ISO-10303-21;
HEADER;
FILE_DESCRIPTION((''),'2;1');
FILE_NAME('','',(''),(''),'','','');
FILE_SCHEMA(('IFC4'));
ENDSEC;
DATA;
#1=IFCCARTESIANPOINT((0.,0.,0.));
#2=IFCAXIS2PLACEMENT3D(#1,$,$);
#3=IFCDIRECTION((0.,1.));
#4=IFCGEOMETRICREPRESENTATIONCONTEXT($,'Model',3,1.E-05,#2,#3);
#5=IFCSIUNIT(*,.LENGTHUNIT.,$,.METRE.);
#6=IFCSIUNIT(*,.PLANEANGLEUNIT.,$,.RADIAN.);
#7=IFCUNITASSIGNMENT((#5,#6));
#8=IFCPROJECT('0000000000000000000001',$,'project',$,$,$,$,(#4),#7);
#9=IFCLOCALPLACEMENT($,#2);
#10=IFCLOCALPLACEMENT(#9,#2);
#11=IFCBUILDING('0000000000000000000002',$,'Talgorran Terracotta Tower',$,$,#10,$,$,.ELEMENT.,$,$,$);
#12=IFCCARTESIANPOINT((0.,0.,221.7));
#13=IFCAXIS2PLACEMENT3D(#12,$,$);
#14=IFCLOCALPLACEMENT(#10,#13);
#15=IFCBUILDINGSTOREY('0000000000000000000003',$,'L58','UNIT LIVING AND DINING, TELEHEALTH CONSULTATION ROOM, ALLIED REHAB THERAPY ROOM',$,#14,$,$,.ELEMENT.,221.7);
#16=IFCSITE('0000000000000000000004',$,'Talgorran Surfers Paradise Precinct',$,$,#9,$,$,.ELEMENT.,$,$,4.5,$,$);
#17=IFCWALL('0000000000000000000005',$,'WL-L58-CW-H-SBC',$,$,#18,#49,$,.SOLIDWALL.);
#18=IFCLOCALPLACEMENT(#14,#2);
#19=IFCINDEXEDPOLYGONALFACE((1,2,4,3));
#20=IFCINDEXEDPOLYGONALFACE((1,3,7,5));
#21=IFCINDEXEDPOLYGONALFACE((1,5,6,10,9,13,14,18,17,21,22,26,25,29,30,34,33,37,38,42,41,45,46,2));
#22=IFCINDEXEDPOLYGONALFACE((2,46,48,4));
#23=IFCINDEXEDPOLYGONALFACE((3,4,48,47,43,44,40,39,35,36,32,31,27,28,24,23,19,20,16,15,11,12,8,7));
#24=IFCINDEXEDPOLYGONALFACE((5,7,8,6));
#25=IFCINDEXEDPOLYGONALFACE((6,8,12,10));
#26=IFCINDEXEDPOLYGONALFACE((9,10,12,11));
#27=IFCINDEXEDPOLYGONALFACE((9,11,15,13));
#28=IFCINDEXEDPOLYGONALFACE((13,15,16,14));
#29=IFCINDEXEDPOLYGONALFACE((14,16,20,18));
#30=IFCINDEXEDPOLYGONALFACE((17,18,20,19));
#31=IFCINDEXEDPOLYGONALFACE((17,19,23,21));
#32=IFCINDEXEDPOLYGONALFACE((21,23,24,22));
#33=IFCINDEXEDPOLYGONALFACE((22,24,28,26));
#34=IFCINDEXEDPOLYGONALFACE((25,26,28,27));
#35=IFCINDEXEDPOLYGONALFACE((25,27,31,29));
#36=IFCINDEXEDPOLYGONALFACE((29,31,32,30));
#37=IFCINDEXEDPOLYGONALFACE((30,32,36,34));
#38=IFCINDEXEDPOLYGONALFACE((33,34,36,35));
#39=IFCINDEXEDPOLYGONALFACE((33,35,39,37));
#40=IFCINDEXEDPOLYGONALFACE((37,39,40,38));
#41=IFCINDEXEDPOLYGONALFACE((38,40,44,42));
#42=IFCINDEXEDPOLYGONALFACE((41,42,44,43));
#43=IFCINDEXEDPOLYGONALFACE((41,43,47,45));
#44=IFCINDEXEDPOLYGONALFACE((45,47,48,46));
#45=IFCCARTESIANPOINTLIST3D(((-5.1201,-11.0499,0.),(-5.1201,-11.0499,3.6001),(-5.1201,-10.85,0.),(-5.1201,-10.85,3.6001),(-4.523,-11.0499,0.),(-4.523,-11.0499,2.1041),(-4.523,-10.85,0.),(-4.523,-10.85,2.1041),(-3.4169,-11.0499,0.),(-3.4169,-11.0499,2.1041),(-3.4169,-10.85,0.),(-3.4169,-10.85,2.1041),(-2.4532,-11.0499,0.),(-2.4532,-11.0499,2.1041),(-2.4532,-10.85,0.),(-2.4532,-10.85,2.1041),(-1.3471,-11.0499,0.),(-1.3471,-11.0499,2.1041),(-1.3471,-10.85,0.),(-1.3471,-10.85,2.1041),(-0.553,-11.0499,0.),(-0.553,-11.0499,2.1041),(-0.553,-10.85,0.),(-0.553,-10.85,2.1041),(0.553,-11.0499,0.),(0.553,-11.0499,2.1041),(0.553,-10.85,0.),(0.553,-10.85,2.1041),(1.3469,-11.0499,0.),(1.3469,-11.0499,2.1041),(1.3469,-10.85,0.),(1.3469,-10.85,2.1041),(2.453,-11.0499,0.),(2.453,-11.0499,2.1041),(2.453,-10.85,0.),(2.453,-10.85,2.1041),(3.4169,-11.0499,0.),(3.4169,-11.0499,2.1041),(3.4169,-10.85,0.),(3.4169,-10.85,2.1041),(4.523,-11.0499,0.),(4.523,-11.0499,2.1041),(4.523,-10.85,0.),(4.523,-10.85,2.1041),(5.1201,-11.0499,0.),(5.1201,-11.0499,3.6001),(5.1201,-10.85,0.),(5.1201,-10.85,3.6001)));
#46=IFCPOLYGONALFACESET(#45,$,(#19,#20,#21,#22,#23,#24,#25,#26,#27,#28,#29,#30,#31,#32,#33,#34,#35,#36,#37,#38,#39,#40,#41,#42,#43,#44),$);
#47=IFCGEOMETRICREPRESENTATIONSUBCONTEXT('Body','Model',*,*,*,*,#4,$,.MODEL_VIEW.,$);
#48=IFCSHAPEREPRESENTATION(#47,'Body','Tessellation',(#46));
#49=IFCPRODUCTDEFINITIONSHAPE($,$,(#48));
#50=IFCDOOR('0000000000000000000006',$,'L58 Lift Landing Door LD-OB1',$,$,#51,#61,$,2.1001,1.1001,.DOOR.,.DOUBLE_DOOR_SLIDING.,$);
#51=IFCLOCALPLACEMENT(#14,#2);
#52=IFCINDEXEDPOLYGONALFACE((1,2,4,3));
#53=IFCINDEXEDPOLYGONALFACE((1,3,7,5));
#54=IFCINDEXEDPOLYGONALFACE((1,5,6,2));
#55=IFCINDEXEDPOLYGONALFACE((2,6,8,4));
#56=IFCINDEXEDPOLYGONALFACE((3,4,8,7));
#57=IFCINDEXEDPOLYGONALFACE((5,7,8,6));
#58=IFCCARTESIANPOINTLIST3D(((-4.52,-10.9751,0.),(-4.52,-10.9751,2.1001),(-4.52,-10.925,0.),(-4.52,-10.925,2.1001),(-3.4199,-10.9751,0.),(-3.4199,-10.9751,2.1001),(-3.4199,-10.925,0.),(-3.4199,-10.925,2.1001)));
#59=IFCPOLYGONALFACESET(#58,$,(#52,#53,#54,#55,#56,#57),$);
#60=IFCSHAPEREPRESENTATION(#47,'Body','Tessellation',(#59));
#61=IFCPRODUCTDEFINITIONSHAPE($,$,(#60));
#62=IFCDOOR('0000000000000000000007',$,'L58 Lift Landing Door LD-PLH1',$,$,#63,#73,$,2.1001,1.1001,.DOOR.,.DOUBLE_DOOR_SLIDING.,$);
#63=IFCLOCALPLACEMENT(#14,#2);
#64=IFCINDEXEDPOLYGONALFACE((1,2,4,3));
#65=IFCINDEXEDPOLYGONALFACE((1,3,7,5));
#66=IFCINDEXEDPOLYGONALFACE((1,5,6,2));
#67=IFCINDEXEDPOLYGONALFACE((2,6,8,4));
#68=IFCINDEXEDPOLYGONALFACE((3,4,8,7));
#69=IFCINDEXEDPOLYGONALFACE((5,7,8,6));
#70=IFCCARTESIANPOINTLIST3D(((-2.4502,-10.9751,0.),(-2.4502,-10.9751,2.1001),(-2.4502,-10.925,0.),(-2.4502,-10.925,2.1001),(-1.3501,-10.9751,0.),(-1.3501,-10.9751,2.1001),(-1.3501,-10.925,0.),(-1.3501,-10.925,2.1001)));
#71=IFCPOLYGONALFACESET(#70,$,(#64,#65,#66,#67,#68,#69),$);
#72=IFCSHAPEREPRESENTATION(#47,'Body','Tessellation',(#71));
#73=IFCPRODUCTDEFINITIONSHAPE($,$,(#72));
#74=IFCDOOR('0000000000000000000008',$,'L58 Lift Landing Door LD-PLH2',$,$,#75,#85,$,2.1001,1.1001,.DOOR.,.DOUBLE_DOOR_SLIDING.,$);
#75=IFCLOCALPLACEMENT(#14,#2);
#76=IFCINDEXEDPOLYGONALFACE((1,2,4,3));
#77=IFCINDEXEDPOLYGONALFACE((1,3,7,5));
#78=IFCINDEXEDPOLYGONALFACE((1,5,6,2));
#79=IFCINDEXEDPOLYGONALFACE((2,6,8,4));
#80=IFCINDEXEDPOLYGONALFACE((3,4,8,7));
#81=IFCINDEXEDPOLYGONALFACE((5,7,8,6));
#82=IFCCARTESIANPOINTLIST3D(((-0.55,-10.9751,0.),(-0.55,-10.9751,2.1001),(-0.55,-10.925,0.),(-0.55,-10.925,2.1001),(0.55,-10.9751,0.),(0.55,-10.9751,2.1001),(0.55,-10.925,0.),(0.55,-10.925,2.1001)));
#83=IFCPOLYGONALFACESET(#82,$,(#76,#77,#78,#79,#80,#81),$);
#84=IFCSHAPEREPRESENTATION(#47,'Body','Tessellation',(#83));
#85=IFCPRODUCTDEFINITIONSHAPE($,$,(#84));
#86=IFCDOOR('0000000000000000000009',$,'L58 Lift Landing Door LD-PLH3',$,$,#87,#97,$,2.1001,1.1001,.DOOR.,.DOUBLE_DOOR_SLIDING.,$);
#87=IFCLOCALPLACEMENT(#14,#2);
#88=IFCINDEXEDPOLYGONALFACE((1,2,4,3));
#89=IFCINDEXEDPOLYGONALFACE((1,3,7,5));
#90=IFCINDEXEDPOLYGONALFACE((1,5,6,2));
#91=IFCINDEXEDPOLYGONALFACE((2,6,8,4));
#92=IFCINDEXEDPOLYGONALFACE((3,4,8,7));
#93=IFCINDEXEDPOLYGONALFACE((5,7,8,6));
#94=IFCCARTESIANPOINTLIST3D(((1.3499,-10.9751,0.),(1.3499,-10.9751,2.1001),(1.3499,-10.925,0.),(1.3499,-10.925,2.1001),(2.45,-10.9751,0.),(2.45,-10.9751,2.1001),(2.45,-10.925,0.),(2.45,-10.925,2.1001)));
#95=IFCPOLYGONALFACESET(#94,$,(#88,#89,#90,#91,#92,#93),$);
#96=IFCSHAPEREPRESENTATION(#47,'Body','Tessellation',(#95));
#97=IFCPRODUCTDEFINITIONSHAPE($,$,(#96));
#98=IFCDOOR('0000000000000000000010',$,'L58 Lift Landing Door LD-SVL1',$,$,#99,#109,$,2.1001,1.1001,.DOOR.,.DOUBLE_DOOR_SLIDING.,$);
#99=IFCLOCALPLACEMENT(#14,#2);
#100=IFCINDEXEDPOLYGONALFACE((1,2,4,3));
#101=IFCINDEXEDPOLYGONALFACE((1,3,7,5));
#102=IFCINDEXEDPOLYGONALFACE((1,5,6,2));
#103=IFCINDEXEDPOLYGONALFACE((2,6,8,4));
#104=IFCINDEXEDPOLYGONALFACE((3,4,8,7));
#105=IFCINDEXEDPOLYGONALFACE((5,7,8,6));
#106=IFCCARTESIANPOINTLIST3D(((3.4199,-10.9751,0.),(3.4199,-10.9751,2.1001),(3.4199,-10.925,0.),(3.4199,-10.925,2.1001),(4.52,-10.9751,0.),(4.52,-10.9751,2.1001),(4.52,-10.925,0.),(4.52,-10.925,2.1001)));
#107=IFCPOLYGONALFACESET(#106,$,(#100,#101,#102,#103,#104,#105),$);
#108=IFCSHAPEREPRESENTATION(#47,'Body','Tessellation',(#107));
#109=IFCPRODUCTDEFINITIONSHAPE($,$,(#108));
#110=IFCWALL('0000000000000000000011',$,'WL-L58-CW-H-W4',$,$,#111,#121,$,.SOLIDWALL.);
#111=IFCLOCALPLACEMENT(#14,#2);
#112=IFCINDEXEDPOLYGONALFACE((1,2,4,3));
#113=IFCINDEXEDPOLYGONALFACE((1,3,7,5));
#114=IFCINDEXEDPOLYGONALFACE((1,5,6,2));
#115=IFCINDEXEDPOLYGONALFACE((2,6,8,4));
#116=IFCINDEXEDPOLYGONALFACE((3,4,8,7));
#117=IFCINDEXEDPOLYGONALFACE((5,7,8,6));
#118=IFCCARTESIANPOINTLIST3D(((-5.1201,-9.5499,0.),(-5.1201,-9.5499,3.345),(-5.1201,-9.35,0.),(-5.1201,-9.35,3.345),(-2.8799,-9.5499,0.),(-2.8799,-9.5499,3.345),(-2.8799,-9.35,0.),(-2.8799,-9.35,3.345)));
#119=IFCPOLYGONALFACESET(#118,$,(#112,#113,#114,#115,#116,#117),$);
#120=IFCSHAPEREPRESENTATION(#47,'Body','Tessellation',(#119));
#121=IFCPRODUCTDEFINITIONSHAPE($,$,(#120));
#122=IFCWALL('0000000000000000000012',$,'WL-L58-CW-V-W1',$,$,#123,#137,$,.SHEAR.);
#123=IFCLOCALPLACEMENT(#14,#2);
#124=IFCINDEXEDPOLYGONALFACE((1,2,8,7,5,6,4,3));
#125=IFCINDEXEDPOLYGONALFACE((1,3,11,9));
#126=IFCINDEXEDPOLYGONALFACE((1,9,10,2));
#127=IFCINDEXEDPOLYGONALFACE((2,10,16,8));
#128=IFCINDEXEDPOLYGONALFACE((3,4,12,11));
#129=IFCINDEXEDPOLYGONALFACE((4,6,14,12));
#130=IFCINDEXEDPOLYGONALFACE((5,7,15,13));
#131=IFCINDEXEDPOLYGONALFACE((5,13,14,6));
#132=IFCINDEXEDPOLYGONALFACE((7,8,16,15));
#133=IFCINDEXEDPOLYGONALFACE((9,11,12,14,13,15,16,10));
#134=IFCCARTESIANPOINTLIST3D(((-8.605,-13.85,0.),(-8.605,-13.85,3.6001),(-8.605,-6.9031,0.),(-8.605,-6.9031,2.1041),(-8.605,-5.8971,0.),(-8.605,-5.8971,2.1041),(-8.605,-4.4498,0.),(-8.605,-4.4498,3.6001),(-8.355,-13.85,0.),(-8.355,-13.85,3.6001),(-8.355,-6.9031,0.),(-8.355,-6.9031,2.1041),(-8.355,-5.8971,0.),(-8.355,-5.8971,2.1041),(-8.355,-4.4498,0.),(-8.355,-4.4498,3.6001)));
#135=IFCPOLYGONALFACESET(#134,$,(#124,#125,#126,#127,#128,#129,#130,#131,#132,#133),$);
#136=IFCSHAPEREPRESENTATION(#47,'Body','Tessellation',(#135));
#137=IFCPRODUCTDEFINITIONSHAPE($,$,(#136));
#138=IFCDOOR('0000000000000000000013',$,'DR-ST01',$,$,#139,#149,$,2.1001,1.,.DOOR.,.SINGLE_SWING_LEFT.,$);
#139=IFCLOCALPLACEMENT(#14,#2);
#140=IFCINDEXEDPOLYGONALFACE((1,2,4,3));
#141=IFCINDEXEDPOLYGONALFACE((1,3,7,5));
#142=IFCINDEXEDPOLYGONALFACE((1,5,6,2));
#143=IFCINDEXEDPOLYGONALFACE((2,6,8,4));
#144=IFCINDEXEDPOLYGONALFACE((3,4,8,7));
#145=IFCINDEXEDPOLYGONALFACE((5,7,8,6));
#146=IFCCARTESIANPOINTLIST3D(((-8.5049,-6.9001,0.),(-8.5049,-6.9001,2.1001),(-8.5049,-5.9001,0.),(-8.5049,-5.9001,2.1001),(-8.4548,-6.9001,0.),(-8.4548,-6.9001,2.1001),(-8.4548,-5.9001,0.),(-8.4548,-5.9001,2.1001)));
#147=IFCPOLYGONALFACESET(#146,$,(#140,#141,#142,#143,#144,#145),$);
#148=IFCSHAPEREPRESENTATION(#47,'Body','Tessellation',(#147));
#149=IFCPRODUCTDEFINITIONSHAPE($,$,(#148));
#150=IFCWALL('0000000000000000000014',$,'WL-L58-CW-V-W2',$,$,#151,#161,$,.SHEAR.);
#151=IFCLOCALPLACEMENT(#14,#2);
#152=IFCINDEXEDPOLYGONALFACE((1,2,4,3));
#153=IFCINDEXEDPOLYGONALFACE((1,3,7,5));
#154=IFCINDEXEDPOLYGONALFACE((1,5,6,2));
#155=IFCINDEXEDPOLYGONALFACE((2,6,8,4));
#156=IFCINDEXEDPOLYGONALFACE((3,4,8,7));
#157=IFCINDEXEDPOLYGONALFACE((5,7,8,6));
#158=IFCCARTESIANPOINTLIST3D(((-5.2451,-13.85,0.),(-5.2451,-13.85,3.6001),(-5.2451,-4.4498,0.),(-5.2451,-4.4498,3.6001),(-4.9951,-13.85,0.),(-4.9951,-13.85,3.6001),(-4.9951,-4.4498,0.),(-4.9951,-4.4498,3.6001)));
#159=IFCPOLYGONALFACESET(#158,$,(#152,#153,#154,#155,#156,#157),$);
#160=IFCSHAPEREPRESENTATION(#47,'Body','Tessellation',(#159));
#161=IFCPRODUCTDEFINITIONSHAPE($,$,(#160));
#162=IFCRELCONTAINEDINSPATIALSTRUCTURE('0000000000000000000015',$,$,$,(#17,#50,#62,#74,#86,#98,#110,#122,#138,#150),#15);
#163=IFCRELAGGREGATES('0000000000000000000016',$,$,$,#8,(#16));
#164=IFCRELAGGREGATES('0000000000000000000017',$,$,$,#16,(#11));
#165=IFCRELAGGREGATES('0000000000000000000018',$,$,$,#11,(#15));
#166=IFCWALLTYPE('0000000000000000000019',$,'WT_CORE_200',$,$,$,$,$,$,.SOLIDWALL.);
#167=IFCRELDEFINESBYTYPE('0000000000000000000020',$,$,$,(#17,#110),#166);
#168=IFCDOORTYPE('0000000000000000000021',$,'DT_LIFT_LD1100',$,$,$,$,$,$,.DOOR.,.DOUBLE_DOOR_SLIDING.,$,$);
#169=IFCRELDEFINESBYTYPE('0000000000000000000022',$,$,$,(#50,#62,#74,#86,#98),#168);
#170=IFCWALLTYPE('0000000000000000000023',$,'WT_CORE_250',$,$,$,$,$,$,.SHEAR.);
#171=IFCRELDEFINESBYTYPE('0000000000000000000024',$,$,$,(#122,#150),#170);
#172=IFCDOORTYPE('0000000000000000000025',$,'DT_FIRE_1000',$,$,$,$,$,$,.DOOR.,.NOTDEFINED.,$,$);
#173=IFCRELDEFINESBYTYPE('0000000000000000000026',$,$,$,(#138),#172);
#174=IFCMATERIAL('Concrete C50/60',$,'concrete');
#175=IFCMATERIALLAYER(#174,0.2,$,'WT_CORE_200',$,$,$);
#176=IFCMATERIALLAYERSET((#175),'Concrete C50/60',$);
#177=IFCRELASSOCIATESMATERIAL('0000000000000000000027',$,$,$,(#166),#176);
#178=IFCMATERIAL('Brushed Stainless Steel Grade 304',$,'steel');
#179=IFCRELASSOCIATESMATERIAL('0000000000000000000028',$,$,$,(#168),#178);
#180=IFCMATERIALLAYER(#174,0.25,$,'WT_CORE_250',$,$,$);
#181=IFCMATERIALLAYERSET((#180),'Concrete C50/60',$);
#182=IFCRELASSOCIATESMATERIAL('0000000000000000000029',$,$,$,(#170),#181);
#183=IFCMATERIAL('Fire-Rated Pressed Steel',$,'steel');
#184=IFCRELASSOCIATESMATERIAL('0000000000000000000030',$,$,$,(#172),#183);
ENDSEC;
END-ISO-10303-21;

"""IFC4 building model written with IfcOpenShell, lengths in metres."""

from ifc_helpers import new_model, si_unit, direction, frame, frame_2d, origin, place, context, subcontext, project, spatial, rectangle, extrude, material, layer, layer_set, type_object, element, fill, save


model = new_model("IFC4")

# Units and contexts
model_context = context("Model", 3, precision=1e-05, world=origin(), true_north=direction((0.0, 1.0)))
body_context = subcontext(model_context, "Body", "Model", "MODEL_VIEW")
ifc_project = project(units=[si_unit("LENGTHUNIT", "METRE"), si_unit("PLANEANGLEUNIT", "RADIAN")], contexts=[model_context])

# Site, building, storey
site_placement = place(None, origin())
site = spatial("IfcSite", under=ifc_project, at=site_placement, Name="Talgorran Surfers Paradise Precinct", CompositionType="ELEMENT", RefElevation=4.5)
building_placement = place(site_placement, origin())
building = spatial("IfcBuilding", under=site, at=building_placement, Name="Talgorran Terracotta Tower", CompositionType="ELEMENT")
storey_placement = place(building_placement, frame((0.0, 0.0, 221.7)))
storey = spatial("IfcBuildingStorey", under=building, at=storey_placement, Name="L58", Description="UNIT LIVING AND DINING, TELEHEALTH CONSULTATION ROOM, ALLIED REHAB THERAPY ROOM", CompositionType="ELEMENT", Elevation=221.7)

# Shared definitions
ifc_material_1 = material(Name="Concrete C50/60", Category="concrete")

# Wall, openings, doors
ifc_layer_1 = layer(ifc_material_1, 0.2, Name="WT_CORE_200")
ifc_layer_set_1 = layer_set([ifc_layer_1], Name="Concrete C50/60")
wall_type_1 = type_object("IfcWallType", Name="WT_CORE_200", PredefinedType="SOLIDWALL", material=ifc_layer_set_1)
ifc_material_2 = material(Name="Brushed Stainless Steel Grade 304", Category="steel")
door_type_1 = type_object("IfcDoorType", Name="DT_LIFT_LD1100", OperationType="DOUBLE_DOOR_SLIDING", PredefinedType="DOOR", material=ifc_material_2)
ifc_material_3 = material(Name="Fire-Rated Pressed Steel", Category="steel")
wall_1_placement = place(storey_placement, frame((-5.1201, -10.95, 0.0), z_axis=(0.0, 0.0, 1.0), x_axis=(1.0, 0.0, 0.0)))
wall_1 = element("IfcWall", 1, at=wall_1_placement, inside=storey, type_object=wall_type_1, Name="WL-L58-CW-H-SBC", PredefinedType="SOLIDWALL", context=body_context, shape_type="SweptSolid", body=[
    extrude(rectangle(XDim=10.2402, YDim=0.2, at=frame_2d((5.1201, 0.0))), origin(), (0.0, 0.0, 1.0), 3.6001),
])
opening_1_placement = place(wall_1_placement, frame((0.6001, 0.0, 0.0)))
opening_1 = element("IfcOpeningElement", 2, at=opening_1_placement, cuts=wall_1, PredefinedType="OPENING", context=body_context, shape_type="SweptSolid", body=[
    extrude(rectangle(XDim=1.1061, YDim=2.1041, at=frame_2d((0.55, 1.052))), frame((0.0, 0.1099, 0.0), z_axis=(0.0, -1.0, 0.0), x_axis=(1.0, 0.0, 0.0)), (0.0, 0.0, 1.0), 0.22),
])
opening_2_placement = place(wall_1_placement, frame((2.6699, 0.0, 0.0)))
opening_2 = element("IfcOpeningElement", 3, at=opening_2_placement, cuts=wall_1, PredefinedType="OPENING", context=body_context, shape_type="SweptSolid", body=[
    extrude(rectangle(XDim=1.1061, YDim=2.1041, at=frame_2d((0.55, 1.052))), frame((0.0, 0.1099, 0.0), z_axis=(0.0, -1.0, 0.0), x_axis=(1.0, 0.0, 0.0)), (0.0, 0.0, 1.0), 0.22),
])
opening_3_placement = place(wall_1_placement, frame((4.5701, 0.0, 0.0)))
opening_3 = element("IfcOpeningElement", 4, at=opening_3_placement, cuts=wall_1, PredefinedType="OPENING", context=body_context, shape_type="SweptSolid", body=[
    extrude(rectangle(XDim=1.1061, YDim=2.1041, at=frame_2d((0.55, 1.052))), frame((0.0, 0.1099, 0.0), z_axis=(0.0, -1.0, 0.0), x_axis=(1.0, 0.0, 0.0)), (0.0, 0.0, 1.0), 0.22),
])
opening_4_placement = place(wall_1_placement, frame((6.47, 0.0, 0.0)))
opening_4 = element("IfcOpeningElement", 5, at=opening_4_placement, cuts=wall_1, PredefinedType="OPENING", context=body_context, shape_type="SweptSolid", body=[
    extrude(rectangle(XDim=1.1061, YDim=2.1041, at=frame_2d((0.55, 1.052))), frame((0.0, 0.1099, 0.0), z_axis=(0.0, -1.0, 0.0), x_axis=(1.0, 0.0, 0.0)), (0.0, 0.0, 1.0), 0.22),
])
opening_5_placement = place(wall_1_placement, frame((8.54, 0.0, 0.0)))
opening_5 = element("IfcOpeningElement", 6, at=opening_5_placement, cuts=wall_1, PredefinedType="OPENING", context=body_context, shape_type="SweptSolid", body=[
    extrude(rectangle(XDim=1.1061, YDim=2.1041, at=frame_2d((0.55, 1.052))), frame((0.0, 0.1099, 0.0), z_axis=(0.0, -1.0, 0.0), x_axis=(1.0, 0.0, 0.0)), (0.0, 0.0, 1.0), 0.22),
])
door_1_placement = place(opening_1_placement, origin())
door_1 = element("IfcDoor", 7, at=door_1_placement, inside=storey, type_object=door_type_1, Name="L58 Lift Landing Door LD-OB1", OperationType="DOUBLE_DOOR_SLIDING", OverallHeight=2.1001, OverallWidth=1.1001, PredefinedType="DOOR", context=body_context, shape_type="SweptSolid", body=[
    extrude(rectangle(XDim=1.1001, YDim=2.1001, at=frame_2d((0.55, 1.05))), frame((0.0, 0.0249, 0.0), z_axis=(0.0, -1.0, 0.0), x_axis=(1.0, 0.0, 0.0)), (0.0, 0.0, 1.0), 0.05),
])
fill(opening_1, door_1)
door_2_placement = place(opening_2_placement, origin())
door_2 = element("IfcDoor", 8, at=door_2_placement, inside=storey, type_object=door_type_1, Name="L58 Lift Landing Door LD-PLH1", OperationType="DOUBLE_DOOR_SLIDING", OverallHeight=2.1001, OverallWidth=1.1001, PredefinedType="DOOR", context=body_context, shape_type="SweptSolid", body=[
    extrude(rectangle(XDim=1.1001, YDim=2.1001, at=frame_2d((0.55, 1.05))), frame((0.0, 0.0249, 0.0), z_axis=(0.0, -1.0, 0.0), x_axis=(1.0, 0.0, 0.0)), (0.0, 0.0, 1.0), 0.05),
])
fill(opening_2, door_2)
door_3_placement = place(opening_3_placement, origin())
door_3 = element("IfcDoor", 9, at=door_3_placement, inside=storey, type_object=door_type_1, Name="L58 Lift Landing Door LD-PLH2", OperationType="DOUBLE_DOOR_SLIDING", OverallHeight=2.1001, OverallWidth=1.1001, PredefinedType="DOOR", context=body_context, shape_type="SweptSolid", body=[
    extrude(rectangle(XDim=1.1001, YDim=2.1001, at=frame_2d((0.55, 1.05))), frame((0.0, 0.0249, 0.0), z_axis=(0.0, -1.0, 0.0), x_axis=(1.0, 0.0, 0.0)), (0.0, 0.0, 1.0), 0.05),
])
fill(opening_3, door_3)
door_4_placement = place(opening_4_placement, origin())
door_4 = element("IfcDoor", 10, at=door_4_placement, inside=storey, type_object=door_type_1, Name="L58 Lift Landing Door LD-PLH3", OperationType="DOUBLE_DOOR_SLIDING", OverallHeight=2.1001, OverallWidth=1.1001, PredefinedType="DOOR", context=body_context, shape_type="SweptSolid", body=[
    extrude(rectangle(XDim=1.1001, YDim=2.1001, at=frame_2d((0.55, 1.05))), frame((0.0, 0.0249, 0.0), z_axis=(0.0, -1.0, 0.0), x_axis=(1.0, 0.0, 0.0)), (0.0, 0.0, 1.0), 0.05),
])
fill(opening_4, door_4)
door_5_placement = place(opening_5_placement, origin())
door_5 = element("IfcDoor", 11, at=door_5_placement, inside=storey, type_object=door_type_1, Name="L58 Lift Landing Door LD-SVL1", OperationType="DOUBLE_DOOR_SLIDING", OverallHeight=2.1001, OverallWidth=1.1001, PredefinedType="DOOR", context=body_context, shape_type="SweptSolid", body=[
    extrude(rectangle(XDim=1.1001, YDim=2.1001, at=frame_2d((0.55, 1.05))), frame((0.0, 0.0249, 0.0), z_axis=(0.0, -1.0, 0.0), x_axis=(1.0, 0.0, 0.0)), (0.0, 0.0, 1.0), 0.05),
])
fill(opening_5, door_5)

# Wall
wall_2_placement = place(storey_placement, frame((-5.1201, -9.45, 0.0), z_axis=(0.0, 0.0, 1.0), x_axis=(1.0, 0.0, 0.0)))
element("IfcWall", 12, at=wall_2_placement, inside=storey, type_object=wall_type_1, Name="WL-L58-CW-H-W4", PredefinedType="SOLIDWALL", context=body_context, shape_type="SweptSolid", body=[
    extrude(rectangle(XDim=2.2402, YDim=0.2, at=frame_2d((1.1201, 0.0))), origin(), (0.0, 0.0, 1.0), 3.345),
])

# Wall, opening, door
ifc_layer_2 = layer(ifc_material_1, 0.25, Name="WT_CORE_250")
ifc_layer_set_2 = layer_set([ifc_layer_2], Name="Concrete C50/60")
wall_type_2 = type_object("IfcWallType", Name="WT_CORE_250", PredefinedType="SHEAR", material=ifc_layer_set_2)
wall_3_placement = place(storey_placement, frame((-8.48, -13.8501, 0.0), z_axis=(0.0, 0.0, 1.0), x_axis=(0.0, 1.0, 0.0)))
wall_3 = element("IfcWall", 13, at=wall_3_placement, inside=storey, type_object=wall_type_2, Name="WL-L58-CW-V-W1", PredefinedType="SHEAR", context=body_context, shape_type="SweptSolid", body=[
    extrude(rectangle(XDim=9.4001, YDim=0.25, at=frame_2d((4.7002, 0.0))), origin(), (0.0, 0.0, 1.0), 3.6001),
])
opening_6_placement = place(wall_3_placement, frame((6.95, 0.0, 0.0)))
opening_6 = element("IfcOpeningElement", 14, at=opening_6_placement, cuts=wall_3, PredefinedType="OPENING", context=body_context, shape_type="SweptSolid", body=[
    extrude(rectangle(XDim=1.006, YDim=2.1041, at=frame_2d((0.5, 1.052))), frame((0.0, 0.135, 0.0), z_axis=(0.0, -1.0, 0.0), x_axis=(1.0, 0.0, 0.0)), (0.0, 0.0, 1.0), 0.27),
])
door_type_2 = type_object("IfcDoorType", Name="DT_FIRE_1000", OperationType="NOTDEFINED", PredefinedType="DOOR", material=ifc_material_3)
door_6_placement = place(opening_6_placement, origin())
door_6 = element("IfcDoor", 15, at=door_6_placement, inside=storey, type_object=door_type_2, Name="DR-ST01", OperationType="SINGLE_SWING_LEFT", OverallHeight=2.1001, OverallWidth=1.0, PredefinedType="DOOR", context=body_context, shape_type="SweptSolid", body=[
    extrude(rectangle(XDim=1.0, YDim=2.1001, at=frame_2d((0.5, 1.05))), frame((0.0, 0.0249, 0.0), z_axis=(0.0, -1.0, 0.0), x_axis=(1.0, 0.0, 0.0)), (0.0, 0.0, 1.0), 0.05),
])
fill(opening_6, door_6)

# Wall
wall_4_placement = place(storey_placement, frame((-5.1201, -13.8501, 0.0), z_axis=(0.0, 0.0, 1.0), x_axis=(0.0, 1.0, 0.0)))
element("IfcWall", 16, at=wall_4_placement, inside=storey, type_object=wall_type_2, Name="WL-L58-CW-V-W2", PredefinedType="SHEAR", context=body_context, shape_type="SweptSolid", body=[
    extrude(rectangle(XDim=9.4001, YDim=0.25, at=frame_2d((4.7002, 0.0))), origin(), (0.0, 0.0, 1.0), 3.6001),
])

save(model, "model.ifc")
